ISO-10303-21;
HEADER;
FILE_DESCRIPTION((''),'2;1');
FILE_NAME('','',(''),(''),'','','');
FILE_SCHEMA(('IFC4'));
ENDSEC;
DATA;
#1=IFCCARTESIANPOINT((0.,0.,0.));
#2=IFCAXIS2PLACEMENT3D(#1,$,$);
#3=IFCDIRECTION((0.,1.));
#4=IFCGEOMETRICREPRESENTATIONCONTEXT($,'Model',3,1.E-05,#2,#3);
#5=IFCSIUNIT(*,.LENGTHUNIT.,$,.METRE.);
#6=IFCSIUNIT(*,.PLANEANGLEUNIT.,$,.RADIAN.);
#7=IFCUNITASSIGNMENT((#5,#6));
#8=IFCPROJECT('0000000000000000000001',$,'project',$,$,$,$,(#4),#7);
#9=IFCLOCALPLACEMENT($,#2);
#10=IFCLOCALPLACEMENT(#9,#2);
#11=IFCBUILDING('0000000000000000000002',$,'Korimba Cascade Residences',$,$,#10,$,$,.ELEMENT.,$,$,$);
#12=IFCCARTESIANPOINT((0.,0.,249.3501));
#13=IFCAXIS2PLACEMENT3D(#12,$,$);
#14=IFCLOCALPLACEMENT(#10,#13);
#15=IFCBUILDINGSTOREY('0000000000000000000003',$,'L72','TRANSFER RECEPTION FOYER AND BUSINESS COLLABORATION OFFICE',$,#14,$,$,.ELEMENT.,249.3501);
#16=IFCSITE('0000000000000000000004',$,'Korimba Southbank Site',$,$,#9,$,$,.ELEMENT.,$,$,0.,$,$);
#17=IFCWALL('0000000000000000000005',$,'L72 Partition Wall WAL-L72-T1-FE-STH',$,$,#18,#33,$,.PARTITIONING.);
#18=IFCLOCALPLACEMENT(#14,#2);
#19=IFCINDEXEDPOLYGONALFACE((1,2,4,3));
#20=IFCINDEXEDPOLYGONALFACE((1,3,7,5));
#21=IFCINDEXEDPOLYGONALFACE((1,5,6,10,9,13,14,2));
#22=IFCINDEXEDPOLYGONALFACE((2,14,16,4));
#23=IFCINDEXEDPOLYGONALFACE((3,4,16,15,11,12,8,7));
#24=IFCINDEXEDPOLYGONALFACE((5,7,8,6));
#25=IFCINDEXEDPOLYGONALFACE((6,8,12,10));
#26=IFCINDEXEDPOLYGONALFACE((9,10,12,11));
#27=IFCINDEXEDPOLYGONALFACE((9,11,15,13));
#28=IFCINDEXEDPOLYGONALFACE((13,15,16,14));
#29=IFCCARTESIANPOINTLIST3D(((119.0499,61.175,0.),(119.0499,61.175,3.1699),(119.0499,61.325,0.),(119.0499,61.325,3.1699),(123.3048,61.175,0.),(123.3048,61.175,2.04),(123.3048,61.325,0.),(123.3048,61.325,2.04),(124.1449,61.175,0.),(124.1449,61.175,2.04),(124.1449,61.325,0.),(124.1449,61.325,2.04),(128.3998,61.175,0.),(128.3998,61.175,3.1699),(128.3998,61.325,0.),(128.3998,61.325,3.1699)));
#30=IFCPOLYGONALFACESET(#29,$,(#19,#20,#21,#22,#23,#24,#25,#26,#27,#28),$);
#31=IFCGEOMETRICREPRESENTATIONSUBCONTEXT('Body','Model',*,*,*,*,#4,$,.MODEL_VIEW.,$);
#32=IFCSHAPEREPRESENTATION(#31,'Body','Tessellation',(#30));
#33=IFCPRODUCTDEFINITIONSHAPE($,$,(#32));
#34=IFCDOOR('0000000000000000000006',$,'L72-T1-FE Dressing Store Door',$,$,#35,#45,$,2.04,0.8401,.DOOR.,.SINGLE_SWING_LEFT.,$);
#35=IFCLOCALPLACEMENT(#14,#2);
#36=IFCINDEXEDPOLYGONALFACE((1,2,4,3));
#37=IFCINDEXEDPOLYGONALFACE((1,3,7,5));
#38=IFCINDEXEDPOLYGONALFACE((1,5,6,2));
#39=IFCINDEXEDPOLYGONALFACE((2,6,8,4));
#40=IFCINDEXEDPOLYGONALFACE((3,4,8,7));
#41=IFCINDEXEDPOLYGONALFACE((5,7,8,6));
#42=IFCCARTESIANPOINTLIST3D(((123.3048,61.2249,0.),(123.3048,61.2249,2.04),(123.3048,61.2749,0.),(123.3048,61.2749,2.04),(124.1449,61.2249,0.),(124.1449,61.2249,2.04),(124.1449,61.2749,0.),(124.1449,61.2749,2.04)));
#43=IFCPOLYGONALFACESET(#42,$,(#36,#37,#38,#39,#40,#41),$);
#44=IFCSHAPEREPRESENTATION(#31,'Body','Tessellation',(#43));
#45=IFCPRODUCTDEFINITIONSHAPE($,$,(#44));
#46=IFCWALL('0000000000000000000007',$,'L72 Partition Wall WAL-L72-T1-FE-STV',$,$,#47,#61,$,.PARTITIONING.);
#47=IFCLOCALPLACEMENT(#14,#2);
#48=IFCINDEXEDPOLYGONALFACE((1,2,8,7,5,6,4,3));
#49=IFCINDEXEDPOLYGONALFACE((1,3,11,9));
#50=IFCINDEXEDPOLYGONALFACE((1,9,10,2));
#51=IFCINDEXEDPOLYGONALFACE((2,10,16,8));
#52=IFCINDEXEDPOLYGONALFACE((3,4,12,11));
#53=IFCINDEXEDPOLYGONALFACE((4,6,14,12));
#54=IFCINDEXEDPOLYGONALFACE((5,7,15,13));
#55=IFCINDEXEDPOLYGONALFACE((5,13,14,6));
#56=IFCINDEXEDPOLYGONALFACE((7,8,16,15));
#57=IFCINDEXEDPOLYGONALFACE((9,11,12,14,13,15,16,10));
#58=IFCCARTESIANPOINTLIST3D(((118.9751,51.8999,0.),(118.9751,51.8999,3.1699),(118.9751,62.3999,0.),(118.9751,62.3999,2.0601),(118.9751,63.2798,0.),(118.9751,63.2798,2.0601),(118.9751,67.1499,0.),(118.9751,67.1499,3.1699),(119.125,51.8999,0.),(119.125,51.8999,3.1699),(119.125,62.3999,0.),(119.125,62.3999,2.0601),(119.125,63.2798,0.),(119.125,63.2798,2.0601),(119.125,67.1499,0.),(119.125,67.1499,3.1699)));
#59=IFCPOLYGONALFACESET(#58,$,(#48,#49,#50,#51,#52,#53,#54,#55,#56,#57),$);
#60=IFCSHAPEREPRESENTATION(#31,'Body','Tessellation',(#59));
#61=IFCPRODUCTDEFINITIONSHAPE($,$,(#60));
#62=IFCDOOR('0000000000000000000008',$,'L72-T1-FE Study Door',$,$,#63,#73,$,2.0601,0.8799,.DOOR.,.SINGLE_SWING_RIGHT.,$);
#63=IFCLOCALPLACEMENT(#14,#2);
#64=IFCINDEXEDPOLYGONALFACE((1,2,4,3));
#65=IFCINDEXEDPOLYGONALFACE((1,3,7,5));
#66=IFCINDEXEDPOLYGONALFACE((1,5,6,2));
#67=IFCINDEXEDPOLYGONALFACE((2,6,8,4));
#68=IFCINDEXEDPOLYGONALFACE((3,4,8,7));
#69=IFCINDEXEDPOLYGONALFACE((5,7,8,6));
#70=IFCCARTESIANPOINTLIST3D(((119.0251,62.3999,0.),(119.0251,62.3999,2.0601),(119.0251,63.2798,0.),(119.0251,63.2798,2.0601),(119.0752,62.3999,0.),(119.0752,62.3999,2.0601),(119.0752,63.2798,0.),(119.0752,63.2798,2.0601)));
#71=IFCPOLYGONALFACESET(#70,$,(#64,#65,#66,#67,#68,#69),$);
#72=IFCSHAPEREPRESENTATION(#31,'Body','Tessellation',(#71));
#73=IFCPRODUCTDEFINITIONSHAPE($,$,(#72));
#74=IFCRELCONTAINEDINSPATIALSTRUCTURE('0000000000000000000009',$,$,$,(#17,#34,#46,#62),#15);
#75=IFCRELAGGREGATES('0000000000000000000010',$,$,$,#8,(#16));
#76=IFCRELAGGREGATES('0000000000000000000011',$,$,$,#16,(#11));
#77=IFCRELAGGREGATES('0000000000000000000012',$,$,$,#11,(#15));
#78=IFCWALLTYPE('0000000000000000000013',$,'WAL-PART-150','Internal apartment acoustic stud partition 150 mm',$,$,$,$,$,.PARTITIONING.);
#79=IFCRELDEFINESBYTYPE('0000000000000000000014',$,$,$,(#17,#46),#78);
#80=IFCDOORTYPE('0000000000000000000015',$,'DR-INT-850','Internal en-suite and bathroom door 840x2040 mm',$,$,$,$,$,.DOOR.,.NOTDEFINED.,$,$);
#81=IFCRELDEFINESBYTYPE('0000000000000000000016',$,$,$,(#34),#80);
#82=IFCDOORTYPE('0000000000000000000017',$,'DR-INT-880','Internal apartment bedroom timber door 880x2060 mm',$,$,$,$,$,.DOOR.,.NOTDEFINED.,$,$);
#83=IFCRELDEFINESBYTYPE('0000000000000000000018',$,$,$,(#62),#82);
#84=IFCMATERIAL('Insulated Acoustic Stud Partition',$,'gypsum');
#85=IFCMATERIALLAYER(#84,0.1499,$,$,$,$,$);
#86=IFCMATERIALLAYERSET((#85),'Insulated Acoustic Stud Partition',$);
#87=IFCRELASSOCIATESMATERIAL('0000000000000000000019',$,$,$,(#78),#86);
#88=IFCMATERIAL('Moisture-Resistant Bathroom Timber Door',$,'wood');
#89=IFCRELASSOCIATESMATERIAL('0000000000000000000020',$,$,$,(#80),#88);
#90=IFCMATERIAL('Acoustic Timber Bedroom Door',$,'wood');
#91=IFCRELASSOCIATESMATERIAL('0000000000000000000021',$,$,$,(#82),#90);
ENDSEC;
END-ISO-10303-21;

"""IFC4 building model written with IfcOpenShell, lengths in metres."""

from ifc_helpers import new_model, si_unit, direction, frame, frame_2d, origin, place, context, subcontext, project, spatial, rectangle, extrude, material, layer, layer_set, type_object, element, fill, save


model = new_model("IFC4")

# Units and contexts
model_context = context("Model", 3, precision=1e-05, world=origin(), true_north=direction((0.0, 1.0)))
body_context = subcontext(model_context, "Body", "Model", "MODEL_VIEW")
ifc_project = project(units=[si_unit("LENGTHUNIT", "METRE"), si_unit("PLANEANGLEUNIT", "RADIAN")], contexts=[model_context])

# Site, building, storey
site_placement = place(None, origin())
site = spatial("IfcSite", under=ifc_project, at=site_placement, Name="Korimba Southbank Site", CompositionType="ELEMENT", RefElevation=0.0)
building_placement = place(site_placement, origin())
building = spatial("IfcBuilding", under=site, at=building_placement, Name="Korimba Cascade Residences", CompositionType="ELEMENT")
storey_placement = place(building_placement, frame((0.0, 0.0, 249.3501)))
storey = spatial("IfcBuildingStorey", under=building, at=storey_placement, Name="L72", Description="TRANSFER RECEPTION FOYER AND BUSINESS COLLABORATION OFFICE", CompositionType="ELEMENT", Elevation=249.3501)

# Walls, openings, doors
ifc_material_1 = material(Name="Insulated Acoustic Stud Partition", Category="gypsum")
ifc_layer_1 = layer(ifc_material_1, 0.1499)
ifc_layer_set_1 = layer_set([ifc_layer_1], Name="Insulated Acoustic Stud Partition")
wall_type_1 = type_object("IfcWallType", Name="WAL-PART-150", Description="Internal apartment acoustic stud partition 150 mm", PredefinedType="PARTITIONING", material=ifc_layer_set_1)
wall_1_placement = place(storey_placement, frame((119.05, 61.25, 0.0), z_axis=(0.0, 0.0, 1.0), x_axis=(1.0, 0.0, 0.0)))
wall_1 = element("IfcWall", 1, at=wall_1_placement, inside=storey, type_object=wall_type_1, Name="L72 Partition Wall WAL-L72-T1-FE-STH", PredefinedType="PARTITIONING", context=body_context, shape_type="SweptSolid", body=[
    extrude(rectangle(XDim=9.3499, YDim=0.1499, at=frame_2d((4.6748, 0.0))), origin(), (0.0, 0.0, 1.0), 3.1699),
])
opening_1_placement = place(wall_1_placement, frame((4.2549, 0.0, 0.0)))
opening_1 = element("IfcOpeningElement", 2, at=opening_1_placement, cuts=wall_1, PredefinedType="OPENING", context=body_context, shape_type="SweptSolid", body=[
    extrude(rectangle(XDim=0.8401, YDim=2.04, at=frame_2d((0.4199, 1.02))), frame((0.0, 0.085, 0.0), z_axis=(0.0, -1.0, 0.0), x_axis=(1.0, 0.0, 0.0)), (0.0, 0.0, 1.0), 0.1699),
])
ifc_material_2 = material(Name="Moisture-Resistant Bathroom Timber Door", Category="wood")
door_type_1 = type_object("IfcDoorType", Name="DR-INT-850", Description="Internal en-suite and bathroom door 840x2040 mm", OperationType="NOTDEFINED", PredefinedType="DOOR", material=ifc_material_2)
door_1_placement = place(opening_1_placement, origin())
door_1 = element("IfcDoor", 3, at=door_1_placement, inside=storey, type_object=door_type_1, Name="L72-T1-FE Dressing Store Door", OperationType="SINGLE_SWING_LEFT", OverallHeight=2.04, OverallWidth=0.8401, PredefinedType="DOOR", context=body_context, shape_type="SweptSolid", body=[
    extrude(rectangle(XDim=0.8401, YDim=2.04, at=frame_2d((0.4199, 1.02))), frame((0.0, 0.0249, 0.0), z_axis=(0.0, -1.0, 0.0), x_axis=(1.0, 0.0, 0.0)), (0.0, 0.0, 1.0), 0.05),
])
fill(opening_1, door_1)
wall_2_placement = place(storey_placement, frame((119.05, 51.8999, 0.0), z_axis=(0.0, 0.0, 1.0), x_axis=(0.0, 1.0, 0.0)))
wall_2 = element("IfcWall", 4, at=wall_2_placement, inside=storey, type_object=wall_type_1, Name="L72 Partition Wall WAL-L72-T1-FE-STV", PredefinedType="PARTITIONING", context=body_context, shape_type="SweptSolid", body=[
    extrude(rectangle(XDim=15.25, YDim=0.1499, at=frame_2d((7.625, 0.0))), origin(), (0.0, 0.0, 1.0), 3.1699),
])
opening_2_placement = place(wall_2_placement, frame((10.5, 0.0, 0.0)))
opening_2 = element("IfcOpeningElement", 5, at=opening_2_placement, cuts=wall_2, PredefinedType="OPENING", context=body_context, shape_type="SweptSolid", body=[
    extrude(rectangle(XDim=0.8799, YDim=2.0601, at=frame_2d((0.4399, 1.03))), frame((0.0, 0.085, 0.0), z_axis=(0.0, -1.0, 0.0), x_axis=(1.0, 0.0, 0.0)), (0.0, 0.0, 1.0), 0.1699),
])
ifc_material_3 = material(Name="Acoustic Timber Bedroom Door", Category="wood")
door_type_2 = type_object("IfcDoorType", Name="DR-INT-880", Description="Internal apartment bedroom timber door 880x2060 mm", OperationType="NOTDEFINED", PredefinedType="DOOR", material=ifc_material_3)
door_2_placement = place(opening_2_placement, origin())
door_2 = element("IfcDoor", 6, at=door_2_placement, inside=storey, type_object=door_type_2, Name="L72-T1-FE Study Door", OperationType="SINGLE_SWING_RIGHT", OverallHeight=2.0601, OverallWidth=0.8799, PredefinedType="DOOR", context=body_context, shape_type="SweptSolid", body=[
    extrude(rectangle(XDim=0.8799, YDim=2.0601, at=frame_2d((0.4399, 1.03))), frame((0.0, 0.0249, 0.0), z_axis=(0.0, -1.0, 0.0), x_axis=(1.0, 0.0, 0.0)), (0.0, 0.0, 1.0), 0.05),
])
fill(opening_2, door_2)

save(model, "model.ifc")
